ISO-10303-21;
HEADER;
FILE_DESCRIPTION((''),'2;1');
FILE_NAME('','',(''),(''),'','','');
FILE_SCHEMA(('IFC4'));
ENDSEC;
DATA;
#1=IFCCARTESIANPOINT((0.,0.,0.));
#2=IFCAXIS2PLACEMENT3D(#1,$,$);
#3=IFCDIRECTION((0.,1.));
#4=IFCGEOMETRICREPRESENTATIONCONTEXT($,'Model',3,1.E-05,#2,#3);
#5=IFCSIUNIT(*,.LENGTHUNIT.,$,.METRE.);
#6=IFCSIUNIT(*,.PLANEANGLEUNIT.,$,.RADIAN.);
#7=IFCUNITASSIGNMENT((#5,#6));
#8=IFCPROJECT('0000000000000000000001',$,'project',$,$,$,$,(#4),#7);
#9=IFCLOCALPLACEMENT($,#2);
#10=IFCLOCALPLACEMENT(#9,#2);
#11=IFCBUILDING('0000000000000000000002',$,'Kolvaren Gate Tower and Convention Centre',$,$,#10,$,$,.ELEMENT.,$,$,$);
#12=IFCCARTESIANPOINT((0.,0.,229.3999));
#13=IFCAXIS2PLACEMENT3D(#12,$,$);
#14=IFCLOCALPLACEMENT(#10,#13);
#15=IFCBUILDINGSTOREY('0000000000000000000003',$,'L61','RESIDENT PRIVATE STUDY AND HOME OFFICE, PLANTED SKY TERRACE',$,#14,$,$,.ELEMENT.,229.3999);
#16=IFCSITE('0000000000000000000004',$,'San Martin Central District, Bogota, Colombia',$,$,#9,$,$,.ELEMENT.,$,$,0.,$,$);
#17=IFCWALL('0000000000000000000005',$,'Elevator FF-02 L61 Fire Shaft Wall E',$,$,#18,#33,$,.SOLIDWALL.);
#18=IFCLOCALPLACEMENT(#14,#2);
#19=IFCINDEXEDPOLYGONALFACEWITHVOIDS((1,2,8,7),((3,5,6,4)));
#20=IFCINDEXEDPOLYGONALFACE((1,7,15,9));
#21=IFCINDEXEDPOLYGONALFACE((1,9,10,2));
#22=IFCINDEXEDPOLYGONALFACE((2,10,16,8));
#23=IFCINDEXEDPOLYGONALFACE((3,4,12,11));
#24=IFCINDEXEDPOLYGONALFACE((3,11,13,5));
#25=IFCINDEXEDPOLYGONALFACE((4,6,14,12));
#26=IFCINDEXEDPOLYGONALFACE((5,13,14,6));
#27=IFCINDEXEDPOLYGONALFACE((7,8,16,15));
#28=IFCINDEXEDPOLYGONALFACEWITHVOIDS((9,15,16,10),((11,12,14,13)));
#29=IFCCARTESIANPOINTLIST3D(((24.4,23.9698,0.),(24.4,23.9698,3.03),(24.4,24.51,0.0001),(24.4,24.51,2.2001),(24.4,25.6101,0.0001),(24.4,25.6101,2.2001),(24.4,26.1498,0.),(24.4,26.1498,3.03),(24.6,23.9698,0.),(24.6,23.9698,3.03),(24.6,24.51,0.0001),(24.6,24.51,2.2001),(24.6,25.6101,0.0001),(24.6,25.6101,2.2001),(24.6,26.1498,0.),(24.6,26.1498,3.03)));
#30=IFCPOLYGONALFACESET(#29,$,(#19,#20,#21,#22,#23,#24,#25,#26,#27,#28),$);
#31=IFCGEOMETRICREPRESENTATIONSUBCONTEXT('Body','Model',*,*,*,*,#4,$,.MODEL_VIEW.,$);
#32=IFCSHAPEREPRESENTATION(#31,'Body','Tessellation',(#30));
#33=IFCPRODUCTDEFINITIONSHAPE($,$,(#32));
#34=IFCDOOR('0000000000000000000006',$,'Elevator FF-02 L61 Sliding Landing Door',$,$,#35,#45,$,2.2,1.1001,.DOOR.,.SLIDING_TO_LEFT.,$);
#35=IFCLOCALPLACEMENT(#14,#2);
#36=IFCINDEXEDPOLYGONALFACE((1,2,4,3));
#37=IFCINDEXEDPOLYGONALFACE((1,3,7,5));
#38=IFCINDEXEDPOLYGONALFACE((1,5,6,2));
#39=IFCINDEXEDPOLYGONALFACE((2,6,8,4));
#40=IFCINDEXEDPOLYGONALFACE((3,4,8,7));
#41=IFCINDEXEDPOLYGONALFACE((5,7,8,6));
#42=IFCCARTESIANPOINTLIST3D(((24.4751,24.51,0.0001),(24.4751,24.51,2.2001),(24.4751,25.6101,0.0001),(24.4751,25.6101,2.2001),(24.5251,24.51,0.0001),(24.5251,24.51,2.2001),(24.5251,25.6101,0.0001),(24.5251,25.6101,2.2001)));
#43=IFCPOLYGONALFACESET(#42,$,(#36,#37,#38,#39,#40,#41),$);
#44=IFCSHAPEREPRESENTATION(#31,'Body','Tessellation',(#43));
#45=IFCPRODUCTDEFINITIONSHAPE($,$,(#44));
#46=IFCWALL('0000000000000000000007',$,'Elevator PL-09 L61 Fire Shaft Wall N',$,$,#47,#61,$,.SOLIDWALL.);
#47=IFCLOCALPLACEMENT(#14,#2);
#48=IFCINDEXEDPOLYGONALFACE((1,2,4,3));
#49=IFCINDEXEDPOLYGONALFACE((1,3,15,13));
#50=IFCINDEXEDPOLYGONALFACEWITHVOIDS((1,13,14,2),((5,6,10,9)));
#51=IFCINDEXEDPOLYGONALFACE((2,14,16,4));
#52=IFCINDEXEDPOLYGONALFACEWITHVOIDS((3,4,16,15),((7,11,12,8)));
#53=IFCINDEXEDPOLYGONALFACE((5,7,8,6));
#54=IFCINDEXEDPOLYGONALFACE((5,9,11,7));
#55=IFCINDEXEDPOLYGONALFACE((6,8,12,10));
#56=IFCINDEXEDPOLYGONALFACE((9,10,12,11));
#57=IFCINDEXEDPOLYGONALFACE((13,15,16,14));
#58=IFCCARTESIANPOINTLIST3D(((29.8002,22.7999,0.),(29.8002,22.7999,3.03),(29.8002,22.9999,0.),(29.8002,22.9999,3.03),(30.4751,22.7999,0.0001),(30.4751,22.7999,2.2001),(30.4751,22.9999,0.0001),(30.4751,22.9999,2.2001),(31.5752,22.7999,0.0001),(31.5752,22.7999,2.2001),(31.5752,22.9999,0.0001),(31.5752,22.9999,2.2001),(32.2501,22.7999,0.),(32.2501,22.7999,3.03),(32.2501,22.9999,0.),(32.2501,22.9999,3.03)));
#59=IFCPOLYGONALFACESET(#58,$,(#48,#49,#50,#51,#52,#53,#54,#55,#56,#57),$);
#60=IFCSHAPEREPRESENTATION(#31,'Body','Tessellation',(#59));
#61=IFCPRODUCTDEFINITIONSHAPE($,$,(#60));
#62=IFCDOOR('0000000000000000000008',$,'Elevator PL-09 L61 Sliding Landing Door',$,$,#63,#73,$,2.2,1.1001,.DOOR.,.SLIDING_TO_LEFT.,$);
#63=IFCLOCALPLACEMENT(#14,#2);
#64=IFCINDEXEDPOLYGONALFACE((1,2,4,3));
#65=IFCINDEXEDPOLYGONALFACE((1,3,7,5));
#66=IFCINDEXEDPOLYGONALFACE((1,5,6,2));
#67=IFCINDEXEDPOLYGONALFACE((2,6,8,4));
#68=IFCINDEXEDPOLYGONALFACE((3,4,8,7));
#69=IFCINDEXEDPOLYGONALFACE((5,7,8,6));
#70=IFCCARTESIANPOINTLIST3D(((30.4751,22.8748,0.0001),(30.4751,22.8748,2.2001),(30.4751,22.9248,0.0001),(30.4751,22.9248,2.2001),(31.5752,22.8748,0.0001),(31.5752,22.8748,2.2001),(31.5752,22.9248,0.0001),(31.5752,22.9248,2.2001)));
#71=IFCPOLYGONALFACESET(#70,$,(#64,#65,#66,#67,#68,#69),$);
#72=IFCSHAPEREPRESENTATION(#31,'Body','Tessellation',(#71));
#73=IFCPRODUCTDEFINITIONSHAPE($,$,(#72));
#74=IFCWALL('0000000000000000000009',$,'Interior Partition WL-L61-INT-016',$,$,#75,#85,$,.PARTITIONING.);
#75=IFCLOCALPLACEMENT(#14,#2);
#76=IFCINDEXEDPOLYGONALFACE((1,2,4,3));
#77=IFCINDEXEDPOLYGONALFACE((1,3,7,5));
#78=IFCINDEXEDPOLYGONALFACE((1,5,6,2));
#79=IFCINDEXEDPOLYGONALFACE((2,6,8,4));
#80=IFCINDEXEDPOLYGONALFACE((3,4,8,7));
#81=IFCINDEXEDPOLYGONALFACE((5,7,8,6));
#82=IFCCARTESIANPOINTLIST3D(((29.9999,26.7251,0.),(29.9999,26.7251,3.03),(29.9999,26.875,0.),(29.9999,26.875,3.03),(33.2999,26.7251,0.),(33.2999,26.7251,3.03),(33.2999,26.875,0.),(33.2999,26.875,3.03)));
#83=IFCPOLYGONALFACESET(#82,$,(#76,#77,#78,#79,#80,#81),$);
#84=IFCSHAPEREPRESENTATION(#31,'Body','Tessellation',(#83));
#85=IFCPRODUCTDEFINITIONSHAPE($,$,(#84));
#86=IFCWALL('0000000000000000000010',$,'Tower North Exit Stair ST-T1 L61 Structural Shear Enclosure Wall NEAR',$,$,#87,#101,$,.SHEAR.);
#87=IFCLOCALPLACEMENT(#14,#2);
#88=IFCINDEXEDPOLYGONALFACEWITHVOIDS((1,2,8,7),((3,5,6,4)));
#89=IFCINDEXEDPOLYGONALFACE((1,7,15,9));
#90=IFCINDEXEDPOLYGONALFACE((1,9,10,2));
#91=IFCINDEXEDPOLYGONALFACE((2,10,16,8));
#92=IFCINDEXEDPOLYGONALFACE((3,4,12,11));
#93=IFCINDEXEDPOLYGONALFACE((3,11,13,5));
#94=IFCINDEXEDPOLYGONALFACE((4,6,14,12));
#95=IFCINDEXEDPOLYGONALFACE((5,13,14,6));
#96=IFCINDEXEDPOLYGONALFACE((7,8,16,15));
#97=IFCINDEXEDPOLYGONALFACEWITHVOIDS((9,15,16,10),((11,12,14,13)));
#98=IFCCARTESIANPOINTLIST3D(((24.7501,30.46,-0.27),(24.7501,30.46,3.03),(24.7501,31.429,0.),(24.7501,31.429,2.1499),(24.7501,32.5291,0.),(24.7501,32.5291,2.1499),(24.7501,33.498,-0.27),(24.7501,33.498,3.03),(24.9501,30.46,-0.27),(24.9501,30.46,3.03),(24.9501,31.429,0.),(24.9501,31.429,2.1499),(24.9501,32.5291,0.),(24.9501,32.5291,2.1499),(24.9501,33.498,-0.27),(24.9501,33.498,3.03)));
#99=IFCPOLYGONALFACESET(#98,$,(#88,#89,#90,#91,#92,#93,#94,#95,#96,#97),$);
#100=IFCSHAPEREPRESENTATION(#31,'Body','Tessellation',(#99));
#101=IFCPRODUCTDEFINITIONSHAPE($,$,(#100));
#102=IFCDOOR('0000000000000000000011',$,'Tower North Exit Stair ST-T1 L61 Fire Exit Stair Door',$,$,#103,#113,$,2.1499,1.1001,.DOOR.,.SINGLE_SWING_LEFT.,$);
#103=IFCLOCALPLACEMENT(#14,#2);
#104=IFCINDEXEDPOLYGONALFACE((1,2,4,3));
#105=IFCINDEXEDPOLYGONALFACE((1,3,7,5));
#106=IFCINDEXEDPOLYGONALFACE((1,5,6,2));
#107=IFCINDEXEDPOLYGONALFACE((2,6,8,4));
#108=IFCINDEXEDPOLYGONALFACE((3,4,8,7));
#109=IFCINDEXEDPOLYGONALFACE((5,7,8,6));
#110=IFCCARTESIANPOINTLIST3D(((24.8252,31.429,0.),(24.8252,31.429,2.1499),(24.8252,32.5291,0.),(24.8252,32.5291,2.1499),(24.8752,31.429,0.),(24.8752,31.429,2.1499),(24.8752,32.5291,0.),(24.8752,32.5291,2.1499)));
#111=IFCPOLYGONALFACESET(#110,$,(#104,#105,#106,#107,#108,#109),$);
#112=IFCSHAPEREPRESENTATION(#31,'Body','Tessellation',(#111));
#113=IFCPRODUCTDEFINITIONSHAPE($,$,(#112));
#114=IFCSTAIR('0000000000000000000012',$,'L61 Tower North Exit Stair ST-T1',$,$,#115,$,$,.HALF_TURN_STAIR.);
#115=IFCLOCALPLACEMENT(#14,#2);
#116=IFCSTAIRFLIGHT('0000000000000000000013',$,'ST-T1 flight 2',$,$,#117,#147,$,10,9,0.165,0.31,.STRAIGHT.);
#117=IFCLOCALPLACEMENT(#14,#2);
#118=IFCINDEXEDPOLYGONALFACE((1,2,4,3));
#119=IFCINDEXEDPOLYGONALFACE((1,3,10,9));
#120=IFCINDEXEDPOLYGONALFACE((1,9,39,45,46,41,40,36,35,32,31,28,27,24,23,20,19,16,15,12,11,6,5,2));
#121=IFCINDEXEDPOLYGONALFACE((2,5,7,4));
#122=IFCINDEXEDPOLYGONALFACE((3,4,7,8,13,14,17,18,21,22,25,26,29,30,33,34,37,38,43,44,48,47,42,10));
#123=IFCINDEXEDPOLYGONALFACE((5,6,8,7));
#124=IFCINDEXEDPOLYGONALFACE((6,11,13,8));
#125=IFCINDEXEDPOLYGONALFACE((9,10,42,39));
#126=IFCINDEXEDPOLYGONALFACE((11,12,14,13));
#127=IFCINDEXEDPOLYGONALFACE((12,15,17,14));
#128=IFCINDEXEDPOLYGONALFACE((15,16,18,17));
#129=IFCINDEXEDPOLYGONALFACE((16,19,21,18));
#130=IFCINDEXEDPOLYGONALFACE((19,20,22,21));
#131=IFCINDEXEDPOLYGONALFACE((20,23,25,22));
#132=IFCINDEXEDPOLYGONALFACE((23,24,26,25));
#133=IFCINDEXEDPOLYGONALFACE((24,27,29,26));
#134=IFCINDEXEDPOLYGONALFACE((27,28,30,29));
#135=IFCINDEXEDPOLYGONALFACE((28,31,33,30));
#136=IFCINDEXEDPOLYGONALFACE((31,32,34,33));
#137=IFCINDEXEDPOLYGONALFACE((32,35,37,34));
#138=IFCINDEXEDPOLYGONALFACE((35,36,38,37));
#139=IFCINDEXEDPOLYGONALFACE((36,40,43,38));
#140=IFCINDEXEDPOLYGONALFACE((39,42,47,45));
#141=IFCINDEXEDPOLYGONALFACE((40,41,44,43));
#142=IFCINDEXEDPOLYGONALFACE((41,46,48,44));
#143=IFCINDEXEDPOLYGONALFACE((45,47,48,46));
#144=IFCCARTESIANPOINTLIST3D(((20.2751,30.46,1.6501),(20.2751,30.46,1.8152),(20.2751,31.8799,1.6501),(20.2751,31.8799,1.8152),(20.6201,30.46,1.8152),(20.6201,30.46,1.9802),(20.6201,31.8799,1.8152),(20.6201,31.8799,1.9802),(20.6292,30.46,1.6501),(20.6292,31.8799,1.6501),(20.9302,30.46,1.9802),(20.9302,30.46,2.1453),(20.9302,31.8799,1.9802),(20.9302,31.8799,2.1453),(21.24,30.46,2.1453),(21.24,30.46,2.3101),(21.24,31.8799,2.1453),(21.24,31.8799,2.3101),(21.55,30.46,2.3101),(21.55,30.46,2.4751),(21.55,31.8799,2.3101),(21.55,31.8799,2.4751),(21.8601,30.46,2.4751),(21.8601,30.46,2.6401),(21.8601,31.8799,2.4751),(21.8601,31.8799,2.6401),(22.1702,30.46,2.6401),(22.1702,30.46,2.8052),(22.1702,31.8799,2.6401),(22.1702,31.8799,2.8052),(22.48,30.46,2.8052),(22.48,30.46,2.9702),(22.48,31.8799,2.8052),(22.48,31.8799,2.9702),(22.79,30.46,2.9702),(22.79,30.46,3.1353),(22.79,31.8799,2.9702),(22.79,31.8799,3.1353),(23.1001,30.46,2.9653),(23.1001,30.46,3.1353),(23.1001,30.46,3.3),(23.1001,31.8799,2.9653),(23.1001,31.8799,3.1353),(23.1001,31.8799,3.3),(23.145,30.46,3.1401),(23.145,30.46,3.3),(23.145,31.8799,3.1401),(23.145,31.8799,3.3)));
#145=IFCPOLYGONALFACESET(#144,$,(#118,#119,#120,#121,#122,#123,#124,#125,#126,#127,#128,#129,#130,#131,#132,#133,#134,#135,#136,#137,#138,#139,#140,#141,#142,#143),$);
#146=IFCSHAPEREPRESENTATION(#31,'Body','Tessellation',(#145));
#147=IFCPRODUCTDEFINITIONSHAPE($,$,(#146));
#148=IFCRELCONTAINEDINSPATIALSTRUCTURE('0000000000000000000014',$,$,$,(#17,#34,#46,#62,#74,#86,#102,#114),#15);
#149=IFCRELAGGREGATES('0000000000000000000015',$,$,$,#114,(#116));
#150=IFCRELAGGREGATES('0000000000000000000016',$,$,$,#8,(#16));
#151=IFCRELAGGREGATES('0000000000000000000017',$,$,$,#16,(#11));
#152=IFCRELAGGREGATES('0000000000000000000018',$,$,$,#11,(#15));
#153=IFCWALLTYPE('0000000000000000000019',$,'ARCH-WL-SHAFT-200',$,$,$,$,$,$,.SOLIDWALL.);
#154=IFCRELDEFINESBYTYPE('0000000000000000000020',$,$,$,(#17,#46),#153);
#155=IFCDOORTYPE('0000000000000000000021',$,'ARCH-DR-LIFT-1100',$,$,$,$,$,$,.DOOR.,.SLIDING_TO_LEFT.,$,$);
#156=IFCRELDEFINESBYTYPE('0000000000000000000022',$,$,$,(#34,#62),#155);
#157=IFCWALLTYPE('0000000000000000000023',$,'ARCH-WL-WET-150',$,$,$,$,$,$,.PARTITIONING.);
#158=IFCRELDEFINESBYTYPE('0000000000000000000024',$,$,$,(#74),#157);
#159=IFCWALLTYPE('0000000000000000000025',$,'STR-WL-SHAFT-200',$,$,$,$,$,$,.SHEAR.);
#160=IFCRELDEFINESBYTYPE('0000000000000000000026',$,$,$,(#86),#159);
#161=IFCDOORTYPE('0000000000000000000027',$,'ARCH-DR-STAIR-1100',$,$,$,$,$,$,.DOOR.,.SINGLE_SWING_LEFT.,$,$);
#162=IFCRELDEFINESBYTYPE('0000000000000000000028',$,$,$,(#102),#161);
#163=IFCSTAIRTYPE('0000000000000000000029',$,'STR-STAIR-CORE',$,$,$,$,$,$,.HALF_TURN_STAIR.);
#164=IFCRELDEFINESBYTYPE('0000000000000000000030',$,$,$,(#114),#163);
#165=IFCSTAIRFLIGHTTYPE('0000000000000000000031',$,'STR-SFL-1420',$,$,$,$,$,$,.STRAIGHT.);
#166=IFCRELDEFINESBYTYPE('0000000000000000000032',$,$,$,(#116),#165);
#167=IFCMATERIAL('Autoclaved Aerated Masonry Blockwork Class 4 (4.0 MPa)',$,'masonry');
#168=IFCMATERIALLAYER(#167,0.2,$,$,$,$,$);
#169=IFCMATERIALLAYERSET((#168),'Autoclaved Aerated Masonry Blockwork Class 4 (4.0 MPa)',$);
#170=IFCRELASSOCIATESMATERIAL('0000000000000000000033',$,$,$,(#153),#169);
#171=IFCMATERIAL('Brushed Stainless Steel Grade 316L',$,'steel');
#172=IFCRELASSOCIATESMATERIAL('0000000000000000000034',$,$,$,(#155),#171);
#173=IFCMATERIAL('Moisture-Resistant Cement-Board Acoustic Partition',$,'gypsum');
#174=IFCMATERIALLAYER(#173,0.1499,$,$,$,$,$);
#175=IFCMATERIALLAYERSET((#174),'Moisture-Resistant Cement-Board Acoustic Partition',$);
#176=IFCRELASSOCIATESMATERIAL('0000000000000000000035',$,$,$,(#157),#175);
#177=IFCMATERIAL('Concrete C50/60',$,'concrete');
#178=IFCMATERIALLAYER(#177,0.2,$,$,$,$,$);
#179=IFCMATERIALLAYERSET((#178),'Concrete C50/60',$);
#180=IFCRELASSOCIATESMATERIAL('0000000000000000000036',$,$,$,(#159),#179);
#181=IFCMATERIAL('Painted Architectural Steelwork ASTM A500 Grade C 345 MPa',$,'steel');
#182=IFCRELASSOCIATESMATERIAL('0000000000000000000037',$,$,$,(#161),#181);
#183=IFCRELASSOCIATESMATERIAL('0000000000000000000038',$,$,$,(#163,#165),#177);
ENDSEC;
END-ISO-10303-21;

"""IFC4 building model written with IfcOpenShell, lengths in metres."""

from ifc_helpers import new_model, si_unit, direction, frame, frame_2d, origin, place, context, subcontext, project, spatial, polyline, rectangle, outline, extrude, material, layer, layer_set, type_object, element, fill, aggregate, save


model = new_model("IFC4")

# Units and contexts
model_context = context("Model", 3, precision=1e-05, world=origin(), true_north=direction((0.0, 1.0)))
body_context = subcontext(model_context, "Body", "Model", "MODEL_VIEW")
ifc_project = project(units=[si_unit("LENGTHUNIT", "METRE"), si_unit("PLANEANGLEUNIT", "RADIAN")], contexts=[model_context])

# Site, building, storey
site_placement = place(None, origin())
site = spatial("IfcSite", under=ifc_project, at=site_placement, Name="San Martin Central District, Bogota, Colombia", CompositionType="ELEMENT", RefElevation=0.0)
building_placement = place(site_placement, origin())
building = spatial("IfcBuilding", under=site, at=building_placement, Name="Kolvaren Gate Tower and Convention Centre", CompositionType="ELEMENT")
storey_placement = place(building_placement, frame((0.0, 0.0, 229.3999)))
storey = spatial("IfcBuildingStorey", under=building, at=storey_placement, Name="L61", Description="RESIDENT PRIVATE STUDY AND HOME OFFICE, PLANTED SKY TERRACE", CompositionType="ELEMENT", Elevation=229.3999)

# Shared definitions
ifc_material_1 = material(Name="Autoclaved Aerated Masonry Blockwork Class 4 (4.0 MPa)", Category="masonry")
ifc_layer_1 = layer(ifc_material_1, 0.2)
ifc_layer_set_1 = layer_set([ifc_layer_1], Name="Autoclaved Aerated Masonry Blockwork Class 4 (4.0 MPa)")
wall_type_1 = type_object("IfcWallType", Name="ARCH-WL-SHAFT-200", PredefinedType="SOLIDWALL", material=ifc_layer_set_1)

# Shared definitions
ifc_material_2 = material(Name="Brushed Stainless Steel Grade 316L", Category="steel")
door_type_1 = type_object("IfcDoorType", Name="ARCH-DR-LIFT-1100", OperationType="SLIDING_TO_LEFT", PredefinedType="DOOR", material=ifc_material_2)

# Walls, openings, doors
wall_1_placement = place(storey_placement, frame((24.5, 23.97, 0.0), z_axis=(0.0, 0.0, 1.0), x_axis=(0.0, 1.0, 0.0)))
wall_1 = element("IfcWall", 1, at=wall_1_placement, inside=storey, type_object=wall_type_1, Name="Elevator FF-02 L61 Fire Shaft Wall E", PredefinedType="SOLIDWALL", context=body_context, shape_type="SweptSolid", body=[
    extrude(rectangle(XDim=2.1799, YDim=0.2, at=frame_2d((1.0898, 0.0))), origin(), (0.0, 0.0, 1.0), 3.03),
])
opening_1_placement = place(wall_1_placement, frame((0.54, 0.0, 0.0)))
opening_1 = element("IfcOpeningElement", 2, at=opening_1_placement, cuts=wall_1, PredefinedType="OPENING", context=body_context, shape_type="SweptSolid", body=[
    extrude(rectangle(XDim=1.1001, YDim=2.2, at=frame_2d((0.55, 1.1001))), frame((0.0, 0.1099, 0.0), z_axis=(0.0, -1.0, 0.0), x_axis=(1.0, 0.0, 0.0)), (0.0, 0.0, 1.0), 0.22),
])
door_1_placement = place(opening_1_placement, origin())
door_1 = element("IfcDoor", 3, at=door_1_placement, inside=storey, type_object=door_type_1, Name="Elevator FF-02 L61 Sliding Landing Door", OperationType="SLIDING_TO_LEFT", OverallHeight=2.2, OverallWidth=1.1001, PredefinedType="DOOR", context=body_context, shape_type="SweptSolid", body=[
    extrude(rectangle(XDim=1.1001, YDim=2.2, at=frame_2d((0.55, 1.1001))), frame((0.0, 0.0249, 0.0), z_axis=(0.0, -1.0, 0.0), x_axis=(1.0, 0.0, 0.0)), (0.0, 0.0, 1.0), 0.05),
])
fill(opening_1, door_1)
wall_2_placement = place(storey_placement, frame((29.8, 22.8999, 0.0), z_axis=(0.0, 0.0, 1.0), x_axis=(1.0, 0.0, 0.0)))
wall_2 = element("IfcWall", 4, at=wall_2_placement, inside=storey, type_object=wall_type_1, Name="Elevator PL-09 L61 Fire Shaft Wall N", PredefinedType="SOLIDWALL", context=body_context, shape_type="SweptSolid", body=[
    extrude(rectangle(XDim=2.45, YDim=0.2, at=frame_2d((1.2251, 0.0))), origin(), (0.0, 0.0, 1.0), 3.03),
])
opening_2_placement = place(wall_2_placement, frame((0.675, 0.0, 0.0)))
opening_2 = element("IfcOpeningElement", 5, at=opening_2_placement, cuts=wall_2, PredefinedType="OPENING", context=body_context, shape_type="SweptSolid", body=[
    extrude(rectangle(XDim=1.1001, YDim=2.2, at=frame_2d((0.55, 1.1001))), frame((0.0, 0.1099, 0.0), z_axis=(0.0, -1.0, 0.0), x_axis=(1.0, 0.0, 0.0)), (0.0, 0.0, 1.0), 0.22),
])
door_2_placement = place(opening_2_placement, origin())
door_2 = element("IfcDoor", 6, at=door_2_placement, inside=storey, type_object=door_type_1, Name="Elevator PL-09 L61 Sliding Landing Door", OperationType="SLIDING_TO_LEFT", OverallHeight=2.2, OverallWidth=1.1001, PredefinedType="DOOR", context=body_context, shape_type="SweptSolid", body=[
    extrude(rectangle(XDim=1.1001, YDim=2.2, at=frame_2d((0.55, 1.1001))), frame((0.0, 0.0249, 0.0), z_axis=(0.0, -1.0, 0.0), x_axis=(1.0, 0.0, 0.0)), (0.0, 0.0, 1.0), 0.05),
])
fill(opening_2, door_2)

# Wall
ifc_material_3 = material(Name="Moisture-Resistant Cement-Board Acoustic Partition", Category="gypsum")
ifc_layer_2 = layer(ifc_material_3, 0.1499)
ifc_layer_set_2 = layer_set([ifc_layer_2], Name="Moisture-Resistant Cement-Board Acoustic Partition")
wall_type_2 = type_object("IfcWallType", Name="ARCH-WL-WET-150", PredefinedType="PARTITIONING", material=ifc_layer_set_2)
wall_3_placement = place(storey_placement, frame((30.0, 26.8, 0.0), z_axis=(0.0, 0.0, 1.0), x_axis=(1.0, 0.0, 0.0)))
element("IfcWall", 7, at=wall_3_placement, inside=storey, type_object=wall_type_2, Name="Interior Partition WL-L61-INT-016", PredefinedType="PARTITIONING", context=body_context, shape_type="SweptSolid", body=[
    extrude(rectangle(XDim=3.3, YDim=0.1499, at=frame_2d((1.6499, 0.0))), origin(), (0.0, 0.0, 1.0), 3.03),
])

# Wall, opening, door
ifc_material_4 = material(Name="Concrete C50/60", Category="concrete")
ifc_layer_3 = layer(ifc_material_4, 0.2)
ifc_layer_set_3 = layer_set([ifc_layer_3], Name="Concrete C50/60")
wall_type_3 = type_object("IfcWallType", Name="STR-WL-SHAFT-200", PredefinedType="SHEAR", material=ifc_layer_set_3)
wall_4_placement = place(storey_placement, frame((24.8501, 30.46, -0.27), z_axis=(0.0, 0.0, 1.0), x_axis=(0.0, 1.0, 0.0)))
wall_4 = element("IfcWall", 8, at=wall_4_placement, inside=storey, type_object=wall_type_3, Name="Tower North Exit Stair ST-T1 L61 Structural Shear Enclosure Wall NEAR", PredefinedType="SHEAR", context=body_context, shape_type="SweptSolid", body=[
    extrude(rectangle(XDim=3.0381, YDim=0.2, at=frame_2d((1.519, 0.0))), origin(), (0.0, 0.0, 1.0), 3.3),
])
opening_3_placement = place(wall_4_placement, frame((0.969, 0.0, 0.27)))
opening_3 = element("IfcOpeningElement", 9, at=opening_3_placement, cuts=wall_4, PredefinedType="OPENING", context=body_context, shape_type="SweptSolid", body=[
    extrude(rectangle(XDim=1.1001, YDim=2.1499, at=frame_2d((0.55, 1.075))), frame((0.0, 0.1099, 0.0), z_axis=(0.0, -1.0, 0.0), x_axis=(1.0, 0.0, 0.0)), (0.0, 0.0, 1.0), 0.22),
])
ifc_material_5 = material(Name="Painted Architectural Steelwork ASTM A500 Grade C 345 MPa", Category="steel")
door_type_2 = type_object("IfcDoorType", Name="ARCH-DR-STAIR-1100", OperationType="SINGLE_SWING_LEFT", PredefinedType="DOOR", material=ifc_material_5)
door_3_placement = place(opening_3_placement, origin())
door_3 = element("IfcDoor", 10, at=door_3_placement, inside=storey, type_object=door_type_2, Name="Tower North Exit Stair ST-T1 L61 Fire Exit Stair Door", OperationType="SINGLE_SWING_LEFT", OverallHeight=2.1499, OverallWidth=1.1001, PredefinedType="DOOR", context=body_context, shape_type="SweptSolid", body=[
    extrude(rectangle(XDim=1.1001, YDim=2.1499, at=frame_2d((0.55, 1.075))), frame((0.0, 0.0249, 0.0), z_axis=(0.0, -1.0, 0.0), x_axis=(1.0, 0.0, 0.0)), (0.0, 0.0, 1.0), 0.05),
])
fill(opening_3, door_3)

# Stair, stair flight
stair_type = type_object("IfcStairType", Name="STR-STAIR-CORE", PredefinedType="HALF_TURN_STAIR", material=ifc_material_4)
stair_placement = place(storey_placement, origin())
stair = element("IfcStair", 11, at=stair_placement, inside=storey, type_object=stair_type, Name="L61 Tower North Exit Stair ST-T1", PredefinedType="HALF_TURN_STAIR")
stair_flight_type = type_object("IfcStairFlightType", Name="STR-SFL-1420", PredefinedType="STRAIGHT", material=ifc_material_4)
stair_flight_placement = place(storey_placement, frame((20.3101, 31.1699, 1.6501), z_axis=(0.0, 0.0, 1.0), x_axis=(1.0, 0.0, 0.0)))
stair_flight = element("IfcStairFlight", 12, at=stair_flight_placement, type_object=stair_flight_type, Name="ST-T1 flight 2", NumberOfRisers=10, NumberOfTreads=9, PredefinedType="STRAIGHT", RiserHeight=0.165, TreadLength=0.31, context=body_context, shape_type="SweptSolid", body=[
    extrude(outline(polyline([(-0.0349, 0.0), (-0.0349, 0.165), (0.3101, 0.165), (0.3101, 0.3301), (0.6201, 0.3301), (0.6201, 0.4951), (0.9299, 0.4951), (0.9299, 0.6599), (1.24, 0.6599), (1.24, 0.825), (1.55, 0.825), (1.55, 0.99), (1.8601, 0.99), (1.8601, 1.155), (2.1699, 1.155), (2.1699, 1.3201), (2.48, 1.3201), (2.48, 1.4851), (2.79, 1.4851), (2.79, 1.6499), (2.835, 1.6499), (2.835, 1.49), (2.79, 1.3152), (0.3191, 0.0), (-0.0349, 0.0)])), frame((0.0, 0.71, 0.0), z_axis=(0.0, -1.0, 0.0), x_axis=(1.0, 0.0, 0.0)), (0.0, 0.0, 1.0), 1.4199),
])
aggregate(stair, [stair_flight])

save(model, "model.ifc")
